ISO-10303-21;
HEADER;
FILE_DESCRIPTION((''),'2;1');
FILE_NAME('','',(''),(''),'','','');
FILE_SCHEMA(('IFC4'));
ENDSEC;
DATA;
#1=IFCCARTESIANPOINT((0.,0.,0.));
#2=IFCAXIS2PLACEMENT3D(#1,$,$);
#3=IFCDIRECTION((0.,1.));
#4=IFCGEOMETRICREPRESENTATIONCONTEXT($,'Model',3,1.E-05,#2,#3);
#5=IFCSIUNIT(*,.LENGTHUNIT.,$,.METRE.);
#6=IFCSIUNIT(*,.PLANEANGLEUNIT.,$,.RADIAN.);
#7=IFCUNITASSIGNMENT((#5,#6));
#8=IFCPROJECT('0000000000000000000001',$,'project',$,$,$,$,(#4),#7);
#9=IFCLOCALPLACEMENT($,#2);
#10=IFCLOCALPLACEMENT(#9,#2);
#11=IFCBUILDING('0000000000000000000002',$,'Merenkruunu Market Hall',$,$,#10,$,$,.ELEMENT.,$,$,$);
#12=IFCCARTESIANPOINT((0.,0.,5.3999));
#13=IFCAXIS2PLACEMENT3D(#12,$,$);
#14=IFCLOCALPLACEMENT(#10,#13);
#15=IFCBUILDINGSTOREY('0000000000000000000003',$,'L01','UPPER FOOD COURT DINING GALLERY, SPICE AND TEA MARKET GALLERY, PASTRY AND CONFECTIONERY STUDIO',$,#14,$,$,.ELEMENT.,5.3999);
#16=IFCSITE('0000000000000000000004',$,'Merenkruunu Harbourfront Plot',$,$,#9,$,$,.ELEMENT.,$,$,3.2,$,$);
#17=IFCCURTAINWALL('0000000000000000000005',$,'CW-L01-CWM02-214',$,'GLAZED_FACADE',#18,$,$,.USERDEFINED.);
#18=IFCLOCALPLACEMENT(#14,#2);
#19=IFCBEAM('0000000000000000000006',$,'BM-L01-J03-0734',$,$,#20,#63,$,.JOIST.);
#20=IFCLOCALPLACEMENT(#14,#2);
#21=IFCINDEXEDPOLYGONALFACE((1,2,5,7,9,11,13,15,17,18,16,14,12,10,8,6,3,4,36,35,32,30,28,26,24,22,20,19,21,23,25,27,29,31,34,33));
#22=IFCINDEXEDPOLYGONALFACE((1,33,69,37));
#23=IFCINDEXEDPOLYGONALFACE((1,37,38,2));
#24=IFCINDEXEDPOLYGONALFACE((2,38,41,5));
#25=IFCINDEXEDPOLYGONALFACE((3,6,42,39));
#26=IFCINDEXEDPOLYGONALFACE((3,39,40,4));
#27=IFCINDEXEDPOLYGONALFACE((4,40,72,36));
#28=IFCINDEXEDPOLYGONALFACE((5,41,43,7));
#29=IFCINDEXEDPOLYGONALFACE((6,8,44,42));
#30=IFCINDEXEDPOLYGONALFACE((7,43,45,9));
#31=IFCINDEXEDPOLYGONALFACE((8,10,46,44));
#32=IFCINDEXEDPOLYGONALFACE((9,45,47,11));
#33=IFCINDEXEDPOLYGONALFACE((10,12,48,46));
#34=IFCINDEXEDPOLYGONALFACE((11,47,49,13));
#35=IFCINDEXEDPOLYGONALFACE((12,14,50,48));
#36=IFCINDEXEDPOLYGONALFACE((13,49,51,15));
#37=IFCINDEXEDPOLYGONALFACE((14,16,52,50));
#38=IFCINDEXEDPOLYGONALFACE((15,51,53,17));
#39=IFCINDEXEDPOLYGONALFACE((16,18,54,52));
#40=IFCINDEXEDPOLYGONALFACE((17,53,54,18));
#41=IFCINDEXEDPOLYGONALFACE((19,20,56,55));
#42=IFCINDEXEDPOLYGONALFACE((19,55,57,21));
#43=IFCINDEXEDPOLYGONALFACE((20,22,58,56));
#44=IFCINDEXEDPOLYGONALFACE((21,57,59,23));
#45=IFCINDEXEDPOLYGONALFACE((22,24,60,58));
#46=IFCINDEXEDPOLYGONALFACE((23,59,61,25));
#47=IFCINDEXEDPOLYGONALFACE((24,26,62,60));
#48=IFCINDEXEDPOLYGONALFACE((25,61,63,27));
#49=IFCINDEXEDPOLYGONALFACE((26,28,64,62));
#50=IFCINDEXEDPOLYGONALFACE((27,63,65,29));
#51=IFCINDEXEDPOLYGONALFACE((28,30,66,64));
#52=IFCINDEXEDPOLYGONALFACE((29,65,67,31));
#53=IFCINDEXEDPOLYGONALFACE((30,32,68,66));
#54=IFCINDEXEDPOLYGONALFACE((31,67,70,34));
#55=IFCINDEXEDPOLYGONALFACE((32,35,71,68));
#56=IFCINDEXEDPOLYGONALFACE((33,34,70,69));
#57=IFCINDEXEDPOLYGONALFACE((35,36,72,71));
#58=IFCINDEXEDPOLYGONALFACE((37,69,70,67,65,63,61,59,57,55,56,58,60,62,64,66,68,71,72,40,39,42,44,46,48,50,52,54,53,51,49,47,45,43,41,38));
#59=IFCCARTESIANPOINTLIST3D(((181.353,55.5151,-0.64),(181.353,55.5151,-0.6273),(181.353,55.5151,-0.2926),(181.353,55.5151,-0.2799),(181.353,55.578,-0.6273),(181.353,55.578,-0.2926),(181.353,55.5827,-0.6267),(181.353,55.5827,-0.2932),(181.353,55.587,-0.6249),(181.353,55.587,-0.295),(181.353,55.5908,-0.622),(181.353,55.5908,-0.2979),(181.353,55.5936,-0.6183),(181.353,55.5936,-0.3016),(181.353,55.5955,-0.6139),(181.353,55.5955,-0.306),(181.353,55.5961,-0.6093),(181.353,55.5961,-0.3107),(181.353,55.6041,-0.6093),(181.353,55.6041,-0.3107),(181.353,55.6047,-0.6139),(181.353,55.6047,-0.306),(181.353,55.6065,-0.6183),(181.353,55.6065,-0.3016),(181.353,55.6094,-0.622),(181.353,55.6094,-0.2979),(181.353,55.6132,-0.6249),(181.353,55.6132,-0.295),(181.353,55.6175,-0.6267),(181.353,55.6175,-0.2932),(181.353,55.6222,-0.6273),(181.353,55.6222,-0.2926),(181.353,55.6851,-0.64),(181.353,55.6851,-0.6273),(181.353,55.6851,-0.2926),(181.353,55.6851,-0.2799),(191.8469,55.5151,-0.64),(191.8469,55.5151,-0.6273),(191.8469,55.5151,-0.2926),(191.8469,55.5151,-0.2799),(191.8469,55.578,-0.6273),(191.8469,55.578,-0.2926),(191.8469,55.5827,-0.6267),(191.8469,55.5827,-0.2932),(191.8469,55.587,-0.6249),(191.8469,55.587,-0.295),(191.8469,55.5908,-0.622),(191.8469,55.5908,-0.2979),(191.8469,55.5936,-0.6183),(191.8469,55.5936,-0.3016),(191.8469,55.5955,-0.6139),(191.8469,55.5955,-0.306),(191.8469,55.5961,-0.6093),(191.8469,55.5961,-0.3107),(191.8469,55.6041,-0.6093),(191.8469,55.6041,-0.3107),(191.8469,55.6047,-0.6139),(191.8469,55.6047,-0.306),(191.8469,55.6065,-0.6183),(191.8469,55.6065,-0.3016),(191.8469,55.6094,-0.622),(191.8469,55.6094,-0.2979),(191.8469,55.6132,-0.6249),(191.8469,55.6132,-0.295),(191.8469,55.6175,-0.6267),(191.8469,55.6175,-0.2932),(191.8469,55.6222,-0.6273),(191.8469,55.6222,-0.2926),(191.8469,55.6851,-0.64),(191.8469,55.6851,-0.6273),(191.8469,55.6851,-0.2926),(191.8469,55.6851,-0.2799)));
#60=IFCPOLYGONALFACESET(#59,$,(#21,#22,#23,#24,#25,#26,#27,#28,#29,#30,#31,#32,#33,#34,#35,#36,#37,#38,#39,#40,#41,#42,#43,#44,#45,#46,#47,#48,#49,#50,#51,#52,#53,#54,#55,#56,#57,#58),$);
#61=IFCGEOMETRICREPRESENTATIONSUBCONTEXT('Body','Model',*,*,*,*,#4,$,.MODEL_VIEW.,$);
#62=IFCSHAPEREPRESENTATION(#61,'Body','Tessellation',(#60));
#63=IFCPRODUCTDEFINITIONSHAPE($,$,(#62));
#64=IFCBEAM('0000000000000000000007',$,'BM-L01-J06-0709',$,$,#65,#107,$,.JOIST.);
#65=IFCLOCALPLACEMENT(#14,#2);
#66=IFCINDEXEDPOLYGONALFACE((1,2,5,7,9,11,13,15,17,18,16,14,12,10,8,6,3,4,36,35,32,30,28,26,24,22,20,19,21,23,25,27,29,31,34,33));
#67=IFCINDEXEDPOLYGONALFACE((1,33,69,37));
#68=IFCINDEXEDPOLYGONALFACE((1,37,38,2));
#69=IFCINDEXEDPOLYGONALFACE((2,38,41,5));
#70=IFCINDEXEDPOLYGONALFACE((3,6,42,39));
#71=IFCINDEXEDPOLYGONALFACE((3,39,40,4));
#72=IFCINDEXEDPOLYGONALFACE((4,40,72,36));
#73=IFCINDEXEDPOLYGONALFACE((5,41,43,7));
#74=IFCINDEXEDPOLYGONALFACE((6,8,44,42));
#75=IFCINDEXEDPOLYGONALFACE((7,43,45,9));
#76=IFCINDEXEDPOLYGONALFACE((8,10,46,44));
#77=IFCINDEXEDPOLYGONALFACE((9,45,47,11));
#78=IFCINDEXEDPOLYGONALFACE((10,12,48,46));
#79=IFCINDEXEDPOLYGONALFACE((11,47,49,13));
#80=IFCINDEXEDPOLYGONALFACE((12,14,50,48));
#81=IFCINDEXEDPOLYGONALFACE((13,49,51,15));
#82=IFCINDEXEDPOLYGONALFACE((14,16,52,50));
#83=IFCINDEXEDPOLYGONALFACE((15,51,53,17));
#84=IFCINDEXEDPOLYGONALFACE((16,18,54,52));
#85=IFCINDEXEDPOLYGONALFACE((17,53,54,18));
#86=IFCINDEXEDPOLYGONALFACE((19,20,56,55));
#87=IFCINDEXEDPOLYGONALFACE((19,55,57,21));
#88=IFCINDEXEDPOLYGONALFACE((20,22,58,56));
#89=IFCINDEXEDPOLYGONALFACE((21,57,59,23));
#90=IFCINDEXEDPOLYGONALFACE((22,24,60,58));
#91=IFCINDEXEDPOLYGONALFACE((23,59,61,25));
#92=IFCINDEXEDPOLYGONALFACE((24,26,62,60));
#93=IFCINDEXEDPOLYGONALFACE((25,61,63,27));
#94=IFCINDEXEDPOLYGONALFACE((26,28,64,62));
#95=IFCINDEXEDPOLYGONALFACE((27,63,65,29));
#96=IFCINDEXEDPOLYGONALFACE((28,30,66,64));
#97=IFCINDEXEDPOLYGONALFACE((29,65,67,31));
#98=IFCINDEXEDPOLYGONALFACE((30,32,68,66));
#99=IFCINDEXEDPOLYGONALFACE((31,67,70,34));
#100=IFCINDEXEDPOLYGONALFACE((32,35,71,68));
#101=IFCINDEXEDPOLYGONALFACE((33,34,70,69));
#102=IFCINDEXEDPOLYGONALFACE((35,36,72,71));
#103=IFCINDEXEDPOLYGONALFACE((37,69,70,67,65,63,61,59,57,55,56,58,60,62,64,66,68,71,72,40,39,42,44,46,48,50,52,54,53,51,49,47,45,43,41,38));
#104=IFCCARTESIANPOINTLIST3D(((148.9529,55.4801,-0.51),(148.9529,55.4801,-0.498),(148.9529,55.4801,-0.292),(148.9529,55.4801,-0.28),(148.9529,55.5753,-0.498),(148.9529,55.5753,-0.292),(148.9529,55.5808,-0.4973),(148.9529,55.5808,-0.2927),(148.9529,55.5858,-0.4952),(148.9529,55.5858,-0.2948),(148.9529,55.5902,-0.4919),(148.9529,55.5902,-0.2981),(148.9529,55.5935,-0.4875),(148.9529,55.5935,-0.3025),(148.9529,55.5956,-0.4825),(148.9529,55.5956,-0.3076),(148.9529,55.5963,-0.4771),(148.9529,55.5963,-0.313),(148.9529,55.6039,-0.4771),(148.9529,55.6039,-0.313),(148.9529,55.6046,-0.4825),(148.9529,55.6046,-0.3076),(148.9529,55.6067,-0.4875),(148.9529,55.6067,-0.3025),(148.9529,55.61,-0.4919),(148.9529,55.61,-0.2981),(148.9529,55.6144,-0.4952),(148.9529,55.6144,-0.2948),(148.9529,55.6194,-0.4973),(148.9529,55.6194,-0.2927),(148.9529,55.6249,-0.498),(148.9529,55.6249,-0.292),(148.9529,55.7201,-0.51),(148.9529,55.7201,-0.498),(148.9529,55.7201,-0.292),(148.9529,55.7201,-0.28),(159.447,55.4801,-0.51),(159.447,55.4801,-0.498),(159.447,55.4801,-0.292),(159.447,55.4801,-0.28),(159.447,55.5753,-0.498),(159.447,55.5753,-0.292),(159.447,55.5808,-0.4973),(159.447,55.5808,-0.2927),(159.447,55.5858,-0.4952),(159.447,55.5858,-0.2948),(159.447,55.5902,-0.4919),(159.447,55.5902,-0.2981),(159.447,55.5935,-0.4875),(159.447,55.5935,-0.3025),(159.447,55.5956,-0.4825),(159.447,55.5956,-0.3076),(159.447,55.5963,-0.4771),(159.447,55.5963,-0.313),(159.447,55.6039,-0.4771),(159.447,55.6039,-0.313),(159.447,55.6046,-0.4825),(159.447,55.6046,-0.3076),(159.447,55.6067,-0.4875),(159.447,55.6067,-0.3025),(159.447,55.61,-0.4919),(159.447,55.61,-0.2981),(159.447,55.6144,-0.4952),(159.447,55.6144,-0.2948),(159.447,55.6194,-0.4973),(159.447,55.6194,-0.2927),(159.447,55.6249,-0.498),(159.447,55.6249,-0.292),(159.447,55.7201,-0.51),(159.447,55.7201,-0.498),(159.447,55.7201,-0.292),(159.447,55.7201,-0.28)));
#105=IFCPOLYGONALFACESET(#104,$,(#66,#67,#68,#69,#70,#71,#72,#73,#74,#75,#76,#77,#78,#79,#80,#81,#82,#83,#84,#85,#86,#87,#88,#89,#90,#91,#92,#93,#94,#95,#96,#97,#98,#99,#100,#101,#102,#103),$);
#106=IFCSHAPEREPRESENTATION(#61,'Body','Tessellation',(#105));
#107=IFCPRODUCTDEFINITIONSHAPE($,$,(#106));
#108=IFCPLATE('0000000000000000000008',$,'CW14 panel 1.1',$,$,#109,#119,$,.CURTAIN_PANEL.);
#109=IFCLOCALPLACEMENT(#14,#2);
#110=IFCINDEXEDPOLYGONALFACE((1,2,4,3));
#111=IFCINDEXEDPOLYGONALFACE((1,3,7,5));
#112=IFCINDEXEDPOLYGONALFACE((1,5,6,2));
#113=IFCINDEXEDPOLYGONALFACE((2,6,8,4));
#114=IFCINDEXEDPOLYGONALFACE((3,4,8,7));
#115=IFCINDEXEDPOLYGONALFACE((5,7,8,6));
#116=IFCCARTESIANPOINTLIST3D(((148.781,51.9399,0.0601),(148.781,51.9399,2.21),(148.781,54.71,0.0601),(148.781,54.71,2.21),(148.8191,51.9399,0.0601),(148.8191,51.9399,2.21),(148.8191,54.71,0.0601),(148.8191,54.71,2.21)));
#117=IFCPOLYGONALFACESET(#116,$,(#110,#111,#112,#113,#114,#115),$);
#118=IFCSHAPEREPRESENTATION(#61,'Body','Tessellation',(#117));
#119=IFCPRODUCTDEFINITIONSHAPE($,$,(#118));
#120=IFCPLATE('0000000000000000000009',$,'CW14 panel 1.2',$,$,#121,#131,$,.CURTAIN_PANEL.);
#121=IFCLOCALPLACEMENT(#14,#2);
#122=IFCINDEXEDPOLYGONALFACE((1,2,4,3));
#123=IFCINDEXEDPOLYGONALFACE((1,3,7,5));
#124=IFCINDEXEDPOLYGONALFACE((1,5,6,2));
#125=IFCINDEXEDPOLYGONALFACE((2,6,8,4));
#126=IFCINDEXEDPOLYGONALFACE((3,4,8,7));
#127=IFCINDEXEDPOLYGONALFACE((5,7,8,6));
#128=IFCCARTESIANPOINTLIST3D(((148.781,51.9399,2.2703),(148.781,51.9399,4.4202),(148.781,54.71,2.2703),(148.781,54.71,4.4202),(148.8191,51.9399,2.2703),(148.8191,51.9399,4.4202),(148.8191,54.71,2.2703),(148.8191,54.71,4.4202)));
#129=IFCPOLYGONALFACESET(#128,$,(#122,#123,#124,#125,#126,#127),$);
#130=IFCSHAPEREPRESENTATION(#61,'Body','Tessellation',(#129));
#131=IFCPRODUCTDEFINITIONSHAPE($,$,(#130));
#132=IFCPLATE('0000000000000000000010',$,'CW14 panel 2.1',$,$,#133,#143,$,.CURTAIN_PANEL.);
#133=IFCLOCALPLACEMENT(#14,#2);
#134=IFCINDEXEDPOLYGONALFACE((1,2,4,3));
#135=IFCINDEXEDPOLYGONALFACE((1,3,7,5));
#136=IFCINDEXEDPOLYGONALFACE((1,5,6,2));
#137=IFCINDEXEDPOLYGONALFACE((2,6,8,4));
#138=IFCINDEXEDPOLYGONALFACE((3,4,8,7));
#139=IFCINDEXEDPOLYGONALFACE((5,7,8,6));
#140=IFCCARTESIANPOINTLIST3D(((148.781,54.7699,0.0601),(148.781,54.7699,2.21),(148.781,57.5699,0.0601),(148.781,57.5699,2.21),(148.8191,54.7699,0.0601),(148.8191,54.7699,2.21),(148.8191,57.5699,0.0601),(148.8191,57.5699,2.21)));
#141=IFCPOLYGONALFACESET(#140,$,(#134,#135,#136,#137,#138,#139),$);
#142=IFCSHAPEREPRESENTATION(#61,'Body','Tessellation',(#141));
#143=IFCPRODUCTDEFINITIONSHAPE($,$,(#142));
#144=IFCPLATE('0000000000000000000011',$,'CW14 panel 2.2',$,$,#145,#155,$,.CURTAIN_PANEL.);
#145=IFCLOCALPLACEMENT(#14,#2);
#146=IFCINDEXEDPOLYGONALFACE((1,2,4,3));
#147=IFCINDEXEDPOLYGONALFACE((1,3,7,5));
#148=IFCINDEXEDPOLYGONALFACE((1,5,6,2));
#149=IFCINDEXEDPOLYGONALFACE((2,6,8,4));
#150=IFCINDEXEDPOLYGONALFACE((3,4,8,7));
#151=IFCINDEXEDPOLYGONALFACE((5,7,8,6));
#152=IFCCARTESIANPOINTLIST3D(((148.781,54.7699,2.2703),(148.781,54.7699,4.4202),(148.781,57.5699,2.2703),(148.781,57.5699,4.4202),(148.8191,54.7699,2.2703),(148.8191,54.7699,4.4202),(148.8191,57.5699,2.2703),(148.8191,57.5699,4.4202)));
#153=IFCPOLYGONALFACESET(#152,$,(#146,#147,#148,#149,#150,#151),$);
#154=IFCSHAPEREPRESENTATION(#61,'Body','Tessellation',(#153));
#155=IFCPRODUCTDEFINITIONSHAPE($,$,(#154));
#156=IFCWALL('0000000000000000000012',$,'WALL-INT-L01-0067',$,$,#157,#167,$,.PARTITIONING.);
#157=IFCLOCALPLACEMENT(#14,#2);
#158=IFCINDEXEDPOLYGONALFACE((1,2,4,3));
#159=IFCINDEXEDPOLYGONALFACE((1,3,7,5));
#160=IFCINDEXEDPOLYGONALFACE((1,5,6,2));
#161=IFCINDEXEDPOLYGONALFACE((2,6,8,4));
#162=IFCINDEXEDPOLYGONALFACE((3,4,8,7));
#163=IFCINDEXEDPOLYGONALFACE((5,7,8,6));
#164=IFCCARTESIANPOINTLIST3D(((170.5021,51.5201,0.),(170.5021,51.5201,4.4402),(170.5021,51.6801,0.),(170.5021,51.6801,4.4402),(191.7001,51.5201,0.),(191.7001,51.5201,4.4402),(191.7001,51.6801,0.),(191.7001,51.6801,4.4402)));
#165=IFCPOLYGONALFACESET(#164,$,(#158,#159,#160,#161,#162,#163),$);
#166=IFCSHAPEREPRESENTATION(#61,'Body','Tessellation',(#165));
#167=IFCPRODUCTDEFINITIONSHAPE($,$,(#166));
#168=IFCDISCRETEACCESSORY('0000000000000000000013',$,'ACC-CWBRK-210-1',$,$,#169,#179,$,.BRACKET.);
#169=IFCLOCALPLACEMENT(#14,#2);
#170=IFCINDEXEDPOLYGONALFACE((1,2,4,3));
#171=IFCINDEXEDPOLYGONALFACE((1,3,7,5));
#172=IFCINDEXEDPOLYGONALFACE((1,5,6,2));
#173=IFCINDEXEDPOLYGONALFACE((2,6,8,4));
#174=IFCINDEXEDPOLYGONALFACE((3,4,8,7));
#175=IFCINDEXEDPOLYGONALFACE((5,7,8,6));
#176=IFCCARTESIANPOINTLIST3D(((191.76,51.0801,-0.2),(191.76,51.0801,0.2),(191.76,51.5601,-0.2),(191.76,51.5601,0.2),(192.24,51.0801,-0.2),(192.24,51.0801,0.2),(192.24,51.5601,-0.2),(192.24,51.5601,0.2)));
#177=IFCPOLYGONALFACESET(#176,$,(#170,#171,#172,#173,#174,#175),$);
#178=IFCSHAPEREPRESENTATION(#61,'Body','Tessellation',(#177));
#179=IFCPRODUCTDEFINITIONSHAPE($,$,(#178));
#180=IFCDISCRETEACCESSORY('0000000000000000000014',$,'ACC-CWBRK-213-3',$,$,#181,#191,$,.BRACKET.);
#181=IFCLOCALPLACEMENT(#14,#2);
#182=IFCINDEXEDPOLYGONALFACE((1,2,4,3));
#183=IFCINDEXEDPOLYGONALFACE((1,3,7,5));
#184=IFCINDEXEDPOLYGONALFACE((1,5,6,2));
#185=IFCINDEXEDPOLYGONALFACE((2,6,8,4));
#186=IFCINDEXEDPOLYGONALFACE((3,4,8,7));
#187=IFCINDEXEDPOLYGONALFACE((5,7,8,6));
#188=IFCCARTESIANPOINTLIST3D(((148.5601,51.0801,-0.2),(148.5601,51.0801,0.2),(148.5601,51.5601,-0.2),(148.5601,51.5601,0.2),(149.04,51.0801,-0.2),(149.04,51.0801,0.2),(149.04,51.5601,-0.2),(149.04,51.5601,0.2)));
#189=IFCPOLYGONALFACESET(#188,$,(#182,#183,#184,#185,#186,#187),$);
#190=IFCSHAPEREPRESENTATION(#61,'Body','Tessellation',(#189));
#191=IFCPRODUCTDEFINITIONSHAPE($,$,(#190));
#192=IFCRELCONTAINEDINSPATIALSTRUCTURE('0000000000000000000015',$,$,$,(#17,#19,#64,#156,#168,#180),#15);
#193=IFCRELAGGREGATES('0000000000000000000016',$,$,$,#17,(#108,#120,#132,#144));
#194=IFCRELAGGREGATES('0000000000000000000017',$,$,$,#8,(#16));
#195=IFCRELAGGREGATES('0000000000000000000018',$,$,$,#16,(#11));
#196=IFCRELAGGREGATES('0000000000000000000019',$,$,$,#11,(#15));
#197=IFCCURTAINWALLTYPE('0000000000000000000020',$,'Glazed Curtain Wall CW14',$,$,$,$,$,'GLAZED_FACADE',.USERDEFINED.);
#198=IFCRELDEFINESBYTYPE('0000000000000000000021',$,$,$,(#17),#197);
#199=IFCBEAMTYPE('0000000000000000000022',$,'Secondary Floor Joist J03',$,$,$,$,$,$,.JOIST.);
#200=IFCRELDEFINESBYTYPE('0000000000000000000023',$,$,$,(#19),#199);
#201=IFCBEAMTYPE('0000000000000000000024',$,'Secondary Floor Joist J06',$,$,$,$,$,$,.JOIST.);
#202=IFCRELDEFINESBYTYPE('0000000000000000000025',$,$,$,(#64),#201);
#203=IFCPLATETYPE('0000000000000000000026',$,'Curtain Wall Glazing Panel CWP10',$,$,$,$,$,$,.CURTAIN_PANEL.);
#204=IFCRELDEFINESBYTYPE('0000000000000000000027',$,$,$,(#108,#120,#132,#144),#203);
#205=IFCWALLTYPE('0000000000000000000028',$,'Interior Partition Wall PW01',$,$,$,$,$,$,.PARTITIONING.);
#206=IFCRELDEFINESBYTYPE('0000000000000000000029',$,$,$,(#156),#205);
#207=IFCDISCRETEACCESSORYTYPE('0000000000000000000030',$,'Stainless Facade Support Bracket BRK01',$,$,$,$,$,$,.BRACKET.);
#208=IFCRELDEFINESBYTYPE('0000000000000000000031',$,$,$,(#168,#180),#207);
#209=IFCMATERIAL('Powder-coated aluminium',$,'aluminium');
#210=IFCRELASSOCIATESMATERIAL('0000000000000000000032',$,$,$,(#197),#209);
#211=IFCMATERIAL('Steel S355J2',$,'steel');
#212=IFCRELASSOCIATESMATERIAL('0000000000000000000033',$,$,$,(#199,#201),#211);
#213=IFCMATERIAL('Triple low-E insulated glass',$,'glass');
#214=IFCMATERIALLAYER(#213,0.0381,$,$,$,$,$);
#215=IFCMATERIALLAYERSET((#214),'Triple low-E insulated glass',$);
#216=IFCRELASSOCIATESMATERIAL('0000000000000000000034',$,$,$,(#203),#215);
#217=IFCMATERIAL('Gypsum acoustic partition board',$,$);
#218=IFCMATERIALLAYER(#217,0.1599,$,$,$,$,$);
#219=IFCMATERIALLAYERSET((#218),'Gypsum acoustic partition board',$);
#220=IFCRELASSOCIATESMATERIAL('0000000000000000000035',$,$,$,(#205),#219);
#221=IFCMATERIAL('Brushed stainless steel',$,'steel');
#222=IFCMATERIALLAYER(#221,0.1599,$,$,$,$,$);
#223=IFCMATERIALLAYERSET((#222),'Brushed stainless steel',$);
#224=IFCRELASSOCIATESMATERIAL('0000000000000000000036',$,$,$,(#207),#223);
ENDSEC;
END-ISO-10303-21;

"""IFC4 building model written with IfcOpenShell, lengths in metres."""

from ifc_helpers import new_model, si_unit, direction, frame, frame_2d, origin, origin_2d, place, context, subcontext, project, spatial, rectangle, i_section, extrude, material, layer, layer_set, material_profile, profile_set, type_object, element, aggregate, save


model = new_model("IFC4")

# Units and contexts
model_context = context("Model", 3, precision=1e-05, world=origin(), true_north=direction((0.0, 1.0)))
body_context = subcontext(model_context, "Body", "Model", "MODEL_VIEW")
ifc_project = project(units=[si_unit("LENGTHUNIT", "METRE"), si_unit("PLANEANGLEUNIT", "RADIAN")], contexts=[model_context])

# Site, building, storey
site_placement = place(None, origin())
site = spatial("IfcSite", under=ifc_project, at=site_placement, Name="Merenkruunu Harbourfront Plot", CompositionType="ELEMENT", RefElevation=3.2)
building_placement = place(site_placement, origin())
building = spatial("IfcBuilding", under=site, at=building_placement, Name="Merenkruunu Market Hall", CompositionType="ELEMENT")
storey_placement = place(building_placement, frame((0.0, 0.0, 5.3999)))
storey = spatial("IfcBuildingStorey", under=building, at=storey_placement, Name="L01", Description="UPPER FOOD COURT DINING GALLERY, SPICE AND TEA MARKET GALLERY, PASTRY AND CONFECTIONERY STUDIO", CompositionType="ELEMENT", Elevation=5.3999)

# Shared definitions
ifc_material_1 = material(Name="Steel S355J2", Category="steel")

# Shared definitions
ifc_material_2 = material(Name="Powder-coated aluminium", Category="aluminium")
curtain_wall_type_1 = type_object("IfcCurtainWallType", Name="Glazed Curtain Wall CW14", ElementType="GLAZED_FACADE", PredefinedType="USERDEFINED", material=ifc_material_2)

# Curtain wall
curtain_wall_1_placement = place(storey_placement, origin())
curtain_wall_1 = element("IfcCurtainWall", 1, at=curtain_wall_1_placement, inside=storey, type_object=curtain_wall_type_1, Name="CW-L01-CWM02-214", ObjectType="GLAZED_FACADE", PredefinedType="USERDEFINED")

# Beams
ifc_material_profile_1 = material_profile(ifc_material_1, i_section(OverallWidth=0.1699, OverallDepth=0.3601, WebThickness=0.0081, FlangeThickness=0.0127, FilletRadius=0.0181, at=origin_2d()), Name="IPE 360")
ifc_profile_set_1 = profile_set([ifc_material_profile_1], Name="Steel S355J2")
beam_type_1 = type_object("IfcBeamType", Name="Secondary Floor Joist J03", PredefinedType="JOIST", material=ifc_profile_set_1)
beam_1_placement = place(storey_placement, frame((181.353, 55.6001, -0.46), z_axis=(1.0, 0.0, 0.0), x_axis=(0.0, 1.0, 0.0)))
element("IfcBeam", 2, at=beam_1_placement, inside=storey, type_object=beam_type_1, Name="BM-L01-J03-0734", PredefinedType="JOIST", context=body_context, shape_type="SweptSolid", body=[
    extrude(i_section(OverallWidth=0.1699, OverallDepth=0.3601, WebThickness=0.0081, FlangeThickness=0.0127, FilletRadius=0.0181, at=origin_2d()), origin(), (0.0, 0.0, 1.0), 10.4939),
])
ifc_material_profile_2 = material_profile(ifc_material_1, i_section(OverallWidth=0.24, OverallDepth=0.23, WebThickness=0.0076, FlangeThickness=0.012, FilletRadius=0.021, at=origin_2d()), Name="HEA 240")
ifc_profile_set_2 = profile_set([ifc_material_profile_2], Name="Steel S355J2")
beam_type_2 = type_object("IfcBeamType", Name="Secondary Floor Joist J06", PredefinedType="JOIST", material=ifc_profile_set_2)
beam_2_placement = place(storey_placement, frame((148.9529, 55.6001, -0.395), z_axis=(1.0, 0.0, 0.0), x_axis=(0.0, 1.0, 0.0)))
element("IfcBeam", 3, at=beam_2_placement, inside=storey, type_object=beam_type_2, Name="BM-L01-J06-0709", PredefinedType="JOIST", context=body_context, shape_type="SweptSolid", body=[
    extrude(i_section(OverallWidth=0.24, OverallDepth=0.23, WebThickness=0.0076, FlangeThickness=0.012, FilletRadius=0.021, at=origin_2d()), origin(), (0.0, 0.0, 1.0), 10.4941),
])

# Plates
ifc_material_3 = material(Name="Triple low-E insulated glass", Category="glass")
ifc_layer_1 = layer(ifc_material_3, 0.0381)
ifc_layer_set_1 = layer_set([ifc_layer_1], Name="Triple low-E insulated glass")
plate_type = type_object("IfcPlateType", Name="Curtain Wall Glazing Panel CWP10", PredefinedType="CURTAIN_PANEL", material=ifc_layer_set_1)
plate_1_placement = place(storey_placement, frame((148.8, 53.325, 0.0601), z_axis=(0.0, 0.0, 1.0), x_axis=(0.0, 1.0, 0.0)))
plate_1 = element("IfcPlate", 4, at=plate_1_placement, type_object=plate_type, Name="CW14 panel 1.1", PredefinedType="CURTAIN_PANEL", context=body_context, shape_type="SweptSolid", body=[
    extrude(rectangle(XDim=2.77, YDim=0.0381, at=origin_2d()), origin(), (0.0, 0.0, 1.0), 2.1499),
])
plate_2_placement = place(storey_placement, frame((148.8, 53.325, 2.2703), z_axis=(0.0, 0.0, 1.0), x_axis=(0.0, 1.0, 0.0)))
plate_2 = element("IfcPlate", 5, at=plate_2_placement, type_object=plate_type, Name="CW14 panel 1.2", PredefinedType="CURTAIN_PANEL", context=body_context, shape_type="SweptSolid", body=[
    extrude(rectangle(XDim=2.77, YDim=0.0381, at=origin_2d()), origin(), (0.0, 0.0, 1.0), 2.1499),
])
plate_3_placement = place(storey_placement, frame((148.8, 56.1699, 0.0601), z_axis=(0.0, 0.0, 1.0), x_axis=(0.0, 1.0, 0.0)))
plate_3 = element("IfcPlate", 6, at=plate_3_placement, type_object=plate_type, Name="CW14 panel 2.1", PredefinedType="CURTAIN_PANEL", context=body_context, shape_type="SweptSolid", body=[
    extrude(rectangle(XDim=2.8, YDim=0.0381, at=origin_2d()), origin(), (0.0, 0.0, 1.0), 2.1499),
])
plate_4_placement = place(storey_placement, frame((148.8, 56.1699, 2.2703), z_axis=(0.0, 0.0, 1.0), x_axis=(0.0, 1.0, 0.0)))
plate_4 = element("IfcPlate", 7, at=plate_4_placement, type_object=plate_type, Name="CW14 panel 2.2", PredefinedType="CURTAIN_PANEL", context=body_context, shape_type="SweptSolid", body=[
    extrude(rectangle(XDim=2.8, YDim=0.0381, at=origin_2d()), origin(), (0.0, 0.0, 1.0), 2.1499),
])
aggregate(curtain_wall_1, [plate_1, plate_2, plate_3, plate_4])

# Wall
ifc_material_4 = material(Name="Gypsum acoustic partition board")
ifc_layer_2 = layer(ifc_material_4, 0.1599)
ifc_layer_set_2 = layer_set([ifc_layer_2], Name="Gypsum acoustic partition board")
wall_type = type_object("IfcWallType", Name="Interior Partition Wall PW01", PredefinedType="PARTITIONING", material=ifc_layer_set_2)
wall_placement = place(storey_placement, frame((170.502, 51.6001, 0.0), z_axis=(0.0, 0.0, 1.0), x_axis=(1.0, 0.0, 0.0)))
element("IfcWall", 8, at=wall_placement, inside=storey, type_object=wall_type, Name="WALL-INT-L01-0067", PredefinedType="PARTITIONING", context=body_context, shape_type="SweptSolid", body=[
    extrude(rectangle(XDim=21.198, YDim=0.1599, at=frame_2d((10.5991, 0.0))), origin(), (0.0, 0.0, 1.0), 4.4402),
])

# Discrete accessories
ifc_material_5 = material(Name="Brushed stainless steel", Category="steel")
ifc_layer_3 = layer(ifc_material_5, 0.1599)
ifc_layer_set_3 = layer_set([ifc_layer_3], Name="Brushed stainless steel")
discrete_accessory_type = type_object("IfcDiscreteAccessoryType", Name="Stainless Facade Support Bracket BRK01", PredefinedType="BRACKET", material=ifc_layer_set_3)
for number, where, z_axis, x_axis, name in (
    (9, (192.0, 51.3201, -0.2), (0.0, 0.0, 1.0), (1.0, 0.0, 0.0), "ACC-CWBRK-210-1"),
    (10, (148.8, 51.3201, -0.2), (0.0, 0.0, 1.0), (1.0, 0.0, 0.0), "ACC-CWBRK-213-3"),
):
    element("IfcDiscreteAccessory", number, at=place(storey_placement, frame(where, z_axis=z_axis, x_axis=x_axis)), inside=storey, type_object=discrete_accessory_type, Name=name, PredefinedType="BRACKET", context=body_context, shape_type="SweptSolid", body=[
        extrude(rectangle(XDim=0.48, YDim=0.48, at=origin_2d()), origin(), (0.0, 0.0, 1.0), 0.3999),
    ])

save(model, "model.ifc")
